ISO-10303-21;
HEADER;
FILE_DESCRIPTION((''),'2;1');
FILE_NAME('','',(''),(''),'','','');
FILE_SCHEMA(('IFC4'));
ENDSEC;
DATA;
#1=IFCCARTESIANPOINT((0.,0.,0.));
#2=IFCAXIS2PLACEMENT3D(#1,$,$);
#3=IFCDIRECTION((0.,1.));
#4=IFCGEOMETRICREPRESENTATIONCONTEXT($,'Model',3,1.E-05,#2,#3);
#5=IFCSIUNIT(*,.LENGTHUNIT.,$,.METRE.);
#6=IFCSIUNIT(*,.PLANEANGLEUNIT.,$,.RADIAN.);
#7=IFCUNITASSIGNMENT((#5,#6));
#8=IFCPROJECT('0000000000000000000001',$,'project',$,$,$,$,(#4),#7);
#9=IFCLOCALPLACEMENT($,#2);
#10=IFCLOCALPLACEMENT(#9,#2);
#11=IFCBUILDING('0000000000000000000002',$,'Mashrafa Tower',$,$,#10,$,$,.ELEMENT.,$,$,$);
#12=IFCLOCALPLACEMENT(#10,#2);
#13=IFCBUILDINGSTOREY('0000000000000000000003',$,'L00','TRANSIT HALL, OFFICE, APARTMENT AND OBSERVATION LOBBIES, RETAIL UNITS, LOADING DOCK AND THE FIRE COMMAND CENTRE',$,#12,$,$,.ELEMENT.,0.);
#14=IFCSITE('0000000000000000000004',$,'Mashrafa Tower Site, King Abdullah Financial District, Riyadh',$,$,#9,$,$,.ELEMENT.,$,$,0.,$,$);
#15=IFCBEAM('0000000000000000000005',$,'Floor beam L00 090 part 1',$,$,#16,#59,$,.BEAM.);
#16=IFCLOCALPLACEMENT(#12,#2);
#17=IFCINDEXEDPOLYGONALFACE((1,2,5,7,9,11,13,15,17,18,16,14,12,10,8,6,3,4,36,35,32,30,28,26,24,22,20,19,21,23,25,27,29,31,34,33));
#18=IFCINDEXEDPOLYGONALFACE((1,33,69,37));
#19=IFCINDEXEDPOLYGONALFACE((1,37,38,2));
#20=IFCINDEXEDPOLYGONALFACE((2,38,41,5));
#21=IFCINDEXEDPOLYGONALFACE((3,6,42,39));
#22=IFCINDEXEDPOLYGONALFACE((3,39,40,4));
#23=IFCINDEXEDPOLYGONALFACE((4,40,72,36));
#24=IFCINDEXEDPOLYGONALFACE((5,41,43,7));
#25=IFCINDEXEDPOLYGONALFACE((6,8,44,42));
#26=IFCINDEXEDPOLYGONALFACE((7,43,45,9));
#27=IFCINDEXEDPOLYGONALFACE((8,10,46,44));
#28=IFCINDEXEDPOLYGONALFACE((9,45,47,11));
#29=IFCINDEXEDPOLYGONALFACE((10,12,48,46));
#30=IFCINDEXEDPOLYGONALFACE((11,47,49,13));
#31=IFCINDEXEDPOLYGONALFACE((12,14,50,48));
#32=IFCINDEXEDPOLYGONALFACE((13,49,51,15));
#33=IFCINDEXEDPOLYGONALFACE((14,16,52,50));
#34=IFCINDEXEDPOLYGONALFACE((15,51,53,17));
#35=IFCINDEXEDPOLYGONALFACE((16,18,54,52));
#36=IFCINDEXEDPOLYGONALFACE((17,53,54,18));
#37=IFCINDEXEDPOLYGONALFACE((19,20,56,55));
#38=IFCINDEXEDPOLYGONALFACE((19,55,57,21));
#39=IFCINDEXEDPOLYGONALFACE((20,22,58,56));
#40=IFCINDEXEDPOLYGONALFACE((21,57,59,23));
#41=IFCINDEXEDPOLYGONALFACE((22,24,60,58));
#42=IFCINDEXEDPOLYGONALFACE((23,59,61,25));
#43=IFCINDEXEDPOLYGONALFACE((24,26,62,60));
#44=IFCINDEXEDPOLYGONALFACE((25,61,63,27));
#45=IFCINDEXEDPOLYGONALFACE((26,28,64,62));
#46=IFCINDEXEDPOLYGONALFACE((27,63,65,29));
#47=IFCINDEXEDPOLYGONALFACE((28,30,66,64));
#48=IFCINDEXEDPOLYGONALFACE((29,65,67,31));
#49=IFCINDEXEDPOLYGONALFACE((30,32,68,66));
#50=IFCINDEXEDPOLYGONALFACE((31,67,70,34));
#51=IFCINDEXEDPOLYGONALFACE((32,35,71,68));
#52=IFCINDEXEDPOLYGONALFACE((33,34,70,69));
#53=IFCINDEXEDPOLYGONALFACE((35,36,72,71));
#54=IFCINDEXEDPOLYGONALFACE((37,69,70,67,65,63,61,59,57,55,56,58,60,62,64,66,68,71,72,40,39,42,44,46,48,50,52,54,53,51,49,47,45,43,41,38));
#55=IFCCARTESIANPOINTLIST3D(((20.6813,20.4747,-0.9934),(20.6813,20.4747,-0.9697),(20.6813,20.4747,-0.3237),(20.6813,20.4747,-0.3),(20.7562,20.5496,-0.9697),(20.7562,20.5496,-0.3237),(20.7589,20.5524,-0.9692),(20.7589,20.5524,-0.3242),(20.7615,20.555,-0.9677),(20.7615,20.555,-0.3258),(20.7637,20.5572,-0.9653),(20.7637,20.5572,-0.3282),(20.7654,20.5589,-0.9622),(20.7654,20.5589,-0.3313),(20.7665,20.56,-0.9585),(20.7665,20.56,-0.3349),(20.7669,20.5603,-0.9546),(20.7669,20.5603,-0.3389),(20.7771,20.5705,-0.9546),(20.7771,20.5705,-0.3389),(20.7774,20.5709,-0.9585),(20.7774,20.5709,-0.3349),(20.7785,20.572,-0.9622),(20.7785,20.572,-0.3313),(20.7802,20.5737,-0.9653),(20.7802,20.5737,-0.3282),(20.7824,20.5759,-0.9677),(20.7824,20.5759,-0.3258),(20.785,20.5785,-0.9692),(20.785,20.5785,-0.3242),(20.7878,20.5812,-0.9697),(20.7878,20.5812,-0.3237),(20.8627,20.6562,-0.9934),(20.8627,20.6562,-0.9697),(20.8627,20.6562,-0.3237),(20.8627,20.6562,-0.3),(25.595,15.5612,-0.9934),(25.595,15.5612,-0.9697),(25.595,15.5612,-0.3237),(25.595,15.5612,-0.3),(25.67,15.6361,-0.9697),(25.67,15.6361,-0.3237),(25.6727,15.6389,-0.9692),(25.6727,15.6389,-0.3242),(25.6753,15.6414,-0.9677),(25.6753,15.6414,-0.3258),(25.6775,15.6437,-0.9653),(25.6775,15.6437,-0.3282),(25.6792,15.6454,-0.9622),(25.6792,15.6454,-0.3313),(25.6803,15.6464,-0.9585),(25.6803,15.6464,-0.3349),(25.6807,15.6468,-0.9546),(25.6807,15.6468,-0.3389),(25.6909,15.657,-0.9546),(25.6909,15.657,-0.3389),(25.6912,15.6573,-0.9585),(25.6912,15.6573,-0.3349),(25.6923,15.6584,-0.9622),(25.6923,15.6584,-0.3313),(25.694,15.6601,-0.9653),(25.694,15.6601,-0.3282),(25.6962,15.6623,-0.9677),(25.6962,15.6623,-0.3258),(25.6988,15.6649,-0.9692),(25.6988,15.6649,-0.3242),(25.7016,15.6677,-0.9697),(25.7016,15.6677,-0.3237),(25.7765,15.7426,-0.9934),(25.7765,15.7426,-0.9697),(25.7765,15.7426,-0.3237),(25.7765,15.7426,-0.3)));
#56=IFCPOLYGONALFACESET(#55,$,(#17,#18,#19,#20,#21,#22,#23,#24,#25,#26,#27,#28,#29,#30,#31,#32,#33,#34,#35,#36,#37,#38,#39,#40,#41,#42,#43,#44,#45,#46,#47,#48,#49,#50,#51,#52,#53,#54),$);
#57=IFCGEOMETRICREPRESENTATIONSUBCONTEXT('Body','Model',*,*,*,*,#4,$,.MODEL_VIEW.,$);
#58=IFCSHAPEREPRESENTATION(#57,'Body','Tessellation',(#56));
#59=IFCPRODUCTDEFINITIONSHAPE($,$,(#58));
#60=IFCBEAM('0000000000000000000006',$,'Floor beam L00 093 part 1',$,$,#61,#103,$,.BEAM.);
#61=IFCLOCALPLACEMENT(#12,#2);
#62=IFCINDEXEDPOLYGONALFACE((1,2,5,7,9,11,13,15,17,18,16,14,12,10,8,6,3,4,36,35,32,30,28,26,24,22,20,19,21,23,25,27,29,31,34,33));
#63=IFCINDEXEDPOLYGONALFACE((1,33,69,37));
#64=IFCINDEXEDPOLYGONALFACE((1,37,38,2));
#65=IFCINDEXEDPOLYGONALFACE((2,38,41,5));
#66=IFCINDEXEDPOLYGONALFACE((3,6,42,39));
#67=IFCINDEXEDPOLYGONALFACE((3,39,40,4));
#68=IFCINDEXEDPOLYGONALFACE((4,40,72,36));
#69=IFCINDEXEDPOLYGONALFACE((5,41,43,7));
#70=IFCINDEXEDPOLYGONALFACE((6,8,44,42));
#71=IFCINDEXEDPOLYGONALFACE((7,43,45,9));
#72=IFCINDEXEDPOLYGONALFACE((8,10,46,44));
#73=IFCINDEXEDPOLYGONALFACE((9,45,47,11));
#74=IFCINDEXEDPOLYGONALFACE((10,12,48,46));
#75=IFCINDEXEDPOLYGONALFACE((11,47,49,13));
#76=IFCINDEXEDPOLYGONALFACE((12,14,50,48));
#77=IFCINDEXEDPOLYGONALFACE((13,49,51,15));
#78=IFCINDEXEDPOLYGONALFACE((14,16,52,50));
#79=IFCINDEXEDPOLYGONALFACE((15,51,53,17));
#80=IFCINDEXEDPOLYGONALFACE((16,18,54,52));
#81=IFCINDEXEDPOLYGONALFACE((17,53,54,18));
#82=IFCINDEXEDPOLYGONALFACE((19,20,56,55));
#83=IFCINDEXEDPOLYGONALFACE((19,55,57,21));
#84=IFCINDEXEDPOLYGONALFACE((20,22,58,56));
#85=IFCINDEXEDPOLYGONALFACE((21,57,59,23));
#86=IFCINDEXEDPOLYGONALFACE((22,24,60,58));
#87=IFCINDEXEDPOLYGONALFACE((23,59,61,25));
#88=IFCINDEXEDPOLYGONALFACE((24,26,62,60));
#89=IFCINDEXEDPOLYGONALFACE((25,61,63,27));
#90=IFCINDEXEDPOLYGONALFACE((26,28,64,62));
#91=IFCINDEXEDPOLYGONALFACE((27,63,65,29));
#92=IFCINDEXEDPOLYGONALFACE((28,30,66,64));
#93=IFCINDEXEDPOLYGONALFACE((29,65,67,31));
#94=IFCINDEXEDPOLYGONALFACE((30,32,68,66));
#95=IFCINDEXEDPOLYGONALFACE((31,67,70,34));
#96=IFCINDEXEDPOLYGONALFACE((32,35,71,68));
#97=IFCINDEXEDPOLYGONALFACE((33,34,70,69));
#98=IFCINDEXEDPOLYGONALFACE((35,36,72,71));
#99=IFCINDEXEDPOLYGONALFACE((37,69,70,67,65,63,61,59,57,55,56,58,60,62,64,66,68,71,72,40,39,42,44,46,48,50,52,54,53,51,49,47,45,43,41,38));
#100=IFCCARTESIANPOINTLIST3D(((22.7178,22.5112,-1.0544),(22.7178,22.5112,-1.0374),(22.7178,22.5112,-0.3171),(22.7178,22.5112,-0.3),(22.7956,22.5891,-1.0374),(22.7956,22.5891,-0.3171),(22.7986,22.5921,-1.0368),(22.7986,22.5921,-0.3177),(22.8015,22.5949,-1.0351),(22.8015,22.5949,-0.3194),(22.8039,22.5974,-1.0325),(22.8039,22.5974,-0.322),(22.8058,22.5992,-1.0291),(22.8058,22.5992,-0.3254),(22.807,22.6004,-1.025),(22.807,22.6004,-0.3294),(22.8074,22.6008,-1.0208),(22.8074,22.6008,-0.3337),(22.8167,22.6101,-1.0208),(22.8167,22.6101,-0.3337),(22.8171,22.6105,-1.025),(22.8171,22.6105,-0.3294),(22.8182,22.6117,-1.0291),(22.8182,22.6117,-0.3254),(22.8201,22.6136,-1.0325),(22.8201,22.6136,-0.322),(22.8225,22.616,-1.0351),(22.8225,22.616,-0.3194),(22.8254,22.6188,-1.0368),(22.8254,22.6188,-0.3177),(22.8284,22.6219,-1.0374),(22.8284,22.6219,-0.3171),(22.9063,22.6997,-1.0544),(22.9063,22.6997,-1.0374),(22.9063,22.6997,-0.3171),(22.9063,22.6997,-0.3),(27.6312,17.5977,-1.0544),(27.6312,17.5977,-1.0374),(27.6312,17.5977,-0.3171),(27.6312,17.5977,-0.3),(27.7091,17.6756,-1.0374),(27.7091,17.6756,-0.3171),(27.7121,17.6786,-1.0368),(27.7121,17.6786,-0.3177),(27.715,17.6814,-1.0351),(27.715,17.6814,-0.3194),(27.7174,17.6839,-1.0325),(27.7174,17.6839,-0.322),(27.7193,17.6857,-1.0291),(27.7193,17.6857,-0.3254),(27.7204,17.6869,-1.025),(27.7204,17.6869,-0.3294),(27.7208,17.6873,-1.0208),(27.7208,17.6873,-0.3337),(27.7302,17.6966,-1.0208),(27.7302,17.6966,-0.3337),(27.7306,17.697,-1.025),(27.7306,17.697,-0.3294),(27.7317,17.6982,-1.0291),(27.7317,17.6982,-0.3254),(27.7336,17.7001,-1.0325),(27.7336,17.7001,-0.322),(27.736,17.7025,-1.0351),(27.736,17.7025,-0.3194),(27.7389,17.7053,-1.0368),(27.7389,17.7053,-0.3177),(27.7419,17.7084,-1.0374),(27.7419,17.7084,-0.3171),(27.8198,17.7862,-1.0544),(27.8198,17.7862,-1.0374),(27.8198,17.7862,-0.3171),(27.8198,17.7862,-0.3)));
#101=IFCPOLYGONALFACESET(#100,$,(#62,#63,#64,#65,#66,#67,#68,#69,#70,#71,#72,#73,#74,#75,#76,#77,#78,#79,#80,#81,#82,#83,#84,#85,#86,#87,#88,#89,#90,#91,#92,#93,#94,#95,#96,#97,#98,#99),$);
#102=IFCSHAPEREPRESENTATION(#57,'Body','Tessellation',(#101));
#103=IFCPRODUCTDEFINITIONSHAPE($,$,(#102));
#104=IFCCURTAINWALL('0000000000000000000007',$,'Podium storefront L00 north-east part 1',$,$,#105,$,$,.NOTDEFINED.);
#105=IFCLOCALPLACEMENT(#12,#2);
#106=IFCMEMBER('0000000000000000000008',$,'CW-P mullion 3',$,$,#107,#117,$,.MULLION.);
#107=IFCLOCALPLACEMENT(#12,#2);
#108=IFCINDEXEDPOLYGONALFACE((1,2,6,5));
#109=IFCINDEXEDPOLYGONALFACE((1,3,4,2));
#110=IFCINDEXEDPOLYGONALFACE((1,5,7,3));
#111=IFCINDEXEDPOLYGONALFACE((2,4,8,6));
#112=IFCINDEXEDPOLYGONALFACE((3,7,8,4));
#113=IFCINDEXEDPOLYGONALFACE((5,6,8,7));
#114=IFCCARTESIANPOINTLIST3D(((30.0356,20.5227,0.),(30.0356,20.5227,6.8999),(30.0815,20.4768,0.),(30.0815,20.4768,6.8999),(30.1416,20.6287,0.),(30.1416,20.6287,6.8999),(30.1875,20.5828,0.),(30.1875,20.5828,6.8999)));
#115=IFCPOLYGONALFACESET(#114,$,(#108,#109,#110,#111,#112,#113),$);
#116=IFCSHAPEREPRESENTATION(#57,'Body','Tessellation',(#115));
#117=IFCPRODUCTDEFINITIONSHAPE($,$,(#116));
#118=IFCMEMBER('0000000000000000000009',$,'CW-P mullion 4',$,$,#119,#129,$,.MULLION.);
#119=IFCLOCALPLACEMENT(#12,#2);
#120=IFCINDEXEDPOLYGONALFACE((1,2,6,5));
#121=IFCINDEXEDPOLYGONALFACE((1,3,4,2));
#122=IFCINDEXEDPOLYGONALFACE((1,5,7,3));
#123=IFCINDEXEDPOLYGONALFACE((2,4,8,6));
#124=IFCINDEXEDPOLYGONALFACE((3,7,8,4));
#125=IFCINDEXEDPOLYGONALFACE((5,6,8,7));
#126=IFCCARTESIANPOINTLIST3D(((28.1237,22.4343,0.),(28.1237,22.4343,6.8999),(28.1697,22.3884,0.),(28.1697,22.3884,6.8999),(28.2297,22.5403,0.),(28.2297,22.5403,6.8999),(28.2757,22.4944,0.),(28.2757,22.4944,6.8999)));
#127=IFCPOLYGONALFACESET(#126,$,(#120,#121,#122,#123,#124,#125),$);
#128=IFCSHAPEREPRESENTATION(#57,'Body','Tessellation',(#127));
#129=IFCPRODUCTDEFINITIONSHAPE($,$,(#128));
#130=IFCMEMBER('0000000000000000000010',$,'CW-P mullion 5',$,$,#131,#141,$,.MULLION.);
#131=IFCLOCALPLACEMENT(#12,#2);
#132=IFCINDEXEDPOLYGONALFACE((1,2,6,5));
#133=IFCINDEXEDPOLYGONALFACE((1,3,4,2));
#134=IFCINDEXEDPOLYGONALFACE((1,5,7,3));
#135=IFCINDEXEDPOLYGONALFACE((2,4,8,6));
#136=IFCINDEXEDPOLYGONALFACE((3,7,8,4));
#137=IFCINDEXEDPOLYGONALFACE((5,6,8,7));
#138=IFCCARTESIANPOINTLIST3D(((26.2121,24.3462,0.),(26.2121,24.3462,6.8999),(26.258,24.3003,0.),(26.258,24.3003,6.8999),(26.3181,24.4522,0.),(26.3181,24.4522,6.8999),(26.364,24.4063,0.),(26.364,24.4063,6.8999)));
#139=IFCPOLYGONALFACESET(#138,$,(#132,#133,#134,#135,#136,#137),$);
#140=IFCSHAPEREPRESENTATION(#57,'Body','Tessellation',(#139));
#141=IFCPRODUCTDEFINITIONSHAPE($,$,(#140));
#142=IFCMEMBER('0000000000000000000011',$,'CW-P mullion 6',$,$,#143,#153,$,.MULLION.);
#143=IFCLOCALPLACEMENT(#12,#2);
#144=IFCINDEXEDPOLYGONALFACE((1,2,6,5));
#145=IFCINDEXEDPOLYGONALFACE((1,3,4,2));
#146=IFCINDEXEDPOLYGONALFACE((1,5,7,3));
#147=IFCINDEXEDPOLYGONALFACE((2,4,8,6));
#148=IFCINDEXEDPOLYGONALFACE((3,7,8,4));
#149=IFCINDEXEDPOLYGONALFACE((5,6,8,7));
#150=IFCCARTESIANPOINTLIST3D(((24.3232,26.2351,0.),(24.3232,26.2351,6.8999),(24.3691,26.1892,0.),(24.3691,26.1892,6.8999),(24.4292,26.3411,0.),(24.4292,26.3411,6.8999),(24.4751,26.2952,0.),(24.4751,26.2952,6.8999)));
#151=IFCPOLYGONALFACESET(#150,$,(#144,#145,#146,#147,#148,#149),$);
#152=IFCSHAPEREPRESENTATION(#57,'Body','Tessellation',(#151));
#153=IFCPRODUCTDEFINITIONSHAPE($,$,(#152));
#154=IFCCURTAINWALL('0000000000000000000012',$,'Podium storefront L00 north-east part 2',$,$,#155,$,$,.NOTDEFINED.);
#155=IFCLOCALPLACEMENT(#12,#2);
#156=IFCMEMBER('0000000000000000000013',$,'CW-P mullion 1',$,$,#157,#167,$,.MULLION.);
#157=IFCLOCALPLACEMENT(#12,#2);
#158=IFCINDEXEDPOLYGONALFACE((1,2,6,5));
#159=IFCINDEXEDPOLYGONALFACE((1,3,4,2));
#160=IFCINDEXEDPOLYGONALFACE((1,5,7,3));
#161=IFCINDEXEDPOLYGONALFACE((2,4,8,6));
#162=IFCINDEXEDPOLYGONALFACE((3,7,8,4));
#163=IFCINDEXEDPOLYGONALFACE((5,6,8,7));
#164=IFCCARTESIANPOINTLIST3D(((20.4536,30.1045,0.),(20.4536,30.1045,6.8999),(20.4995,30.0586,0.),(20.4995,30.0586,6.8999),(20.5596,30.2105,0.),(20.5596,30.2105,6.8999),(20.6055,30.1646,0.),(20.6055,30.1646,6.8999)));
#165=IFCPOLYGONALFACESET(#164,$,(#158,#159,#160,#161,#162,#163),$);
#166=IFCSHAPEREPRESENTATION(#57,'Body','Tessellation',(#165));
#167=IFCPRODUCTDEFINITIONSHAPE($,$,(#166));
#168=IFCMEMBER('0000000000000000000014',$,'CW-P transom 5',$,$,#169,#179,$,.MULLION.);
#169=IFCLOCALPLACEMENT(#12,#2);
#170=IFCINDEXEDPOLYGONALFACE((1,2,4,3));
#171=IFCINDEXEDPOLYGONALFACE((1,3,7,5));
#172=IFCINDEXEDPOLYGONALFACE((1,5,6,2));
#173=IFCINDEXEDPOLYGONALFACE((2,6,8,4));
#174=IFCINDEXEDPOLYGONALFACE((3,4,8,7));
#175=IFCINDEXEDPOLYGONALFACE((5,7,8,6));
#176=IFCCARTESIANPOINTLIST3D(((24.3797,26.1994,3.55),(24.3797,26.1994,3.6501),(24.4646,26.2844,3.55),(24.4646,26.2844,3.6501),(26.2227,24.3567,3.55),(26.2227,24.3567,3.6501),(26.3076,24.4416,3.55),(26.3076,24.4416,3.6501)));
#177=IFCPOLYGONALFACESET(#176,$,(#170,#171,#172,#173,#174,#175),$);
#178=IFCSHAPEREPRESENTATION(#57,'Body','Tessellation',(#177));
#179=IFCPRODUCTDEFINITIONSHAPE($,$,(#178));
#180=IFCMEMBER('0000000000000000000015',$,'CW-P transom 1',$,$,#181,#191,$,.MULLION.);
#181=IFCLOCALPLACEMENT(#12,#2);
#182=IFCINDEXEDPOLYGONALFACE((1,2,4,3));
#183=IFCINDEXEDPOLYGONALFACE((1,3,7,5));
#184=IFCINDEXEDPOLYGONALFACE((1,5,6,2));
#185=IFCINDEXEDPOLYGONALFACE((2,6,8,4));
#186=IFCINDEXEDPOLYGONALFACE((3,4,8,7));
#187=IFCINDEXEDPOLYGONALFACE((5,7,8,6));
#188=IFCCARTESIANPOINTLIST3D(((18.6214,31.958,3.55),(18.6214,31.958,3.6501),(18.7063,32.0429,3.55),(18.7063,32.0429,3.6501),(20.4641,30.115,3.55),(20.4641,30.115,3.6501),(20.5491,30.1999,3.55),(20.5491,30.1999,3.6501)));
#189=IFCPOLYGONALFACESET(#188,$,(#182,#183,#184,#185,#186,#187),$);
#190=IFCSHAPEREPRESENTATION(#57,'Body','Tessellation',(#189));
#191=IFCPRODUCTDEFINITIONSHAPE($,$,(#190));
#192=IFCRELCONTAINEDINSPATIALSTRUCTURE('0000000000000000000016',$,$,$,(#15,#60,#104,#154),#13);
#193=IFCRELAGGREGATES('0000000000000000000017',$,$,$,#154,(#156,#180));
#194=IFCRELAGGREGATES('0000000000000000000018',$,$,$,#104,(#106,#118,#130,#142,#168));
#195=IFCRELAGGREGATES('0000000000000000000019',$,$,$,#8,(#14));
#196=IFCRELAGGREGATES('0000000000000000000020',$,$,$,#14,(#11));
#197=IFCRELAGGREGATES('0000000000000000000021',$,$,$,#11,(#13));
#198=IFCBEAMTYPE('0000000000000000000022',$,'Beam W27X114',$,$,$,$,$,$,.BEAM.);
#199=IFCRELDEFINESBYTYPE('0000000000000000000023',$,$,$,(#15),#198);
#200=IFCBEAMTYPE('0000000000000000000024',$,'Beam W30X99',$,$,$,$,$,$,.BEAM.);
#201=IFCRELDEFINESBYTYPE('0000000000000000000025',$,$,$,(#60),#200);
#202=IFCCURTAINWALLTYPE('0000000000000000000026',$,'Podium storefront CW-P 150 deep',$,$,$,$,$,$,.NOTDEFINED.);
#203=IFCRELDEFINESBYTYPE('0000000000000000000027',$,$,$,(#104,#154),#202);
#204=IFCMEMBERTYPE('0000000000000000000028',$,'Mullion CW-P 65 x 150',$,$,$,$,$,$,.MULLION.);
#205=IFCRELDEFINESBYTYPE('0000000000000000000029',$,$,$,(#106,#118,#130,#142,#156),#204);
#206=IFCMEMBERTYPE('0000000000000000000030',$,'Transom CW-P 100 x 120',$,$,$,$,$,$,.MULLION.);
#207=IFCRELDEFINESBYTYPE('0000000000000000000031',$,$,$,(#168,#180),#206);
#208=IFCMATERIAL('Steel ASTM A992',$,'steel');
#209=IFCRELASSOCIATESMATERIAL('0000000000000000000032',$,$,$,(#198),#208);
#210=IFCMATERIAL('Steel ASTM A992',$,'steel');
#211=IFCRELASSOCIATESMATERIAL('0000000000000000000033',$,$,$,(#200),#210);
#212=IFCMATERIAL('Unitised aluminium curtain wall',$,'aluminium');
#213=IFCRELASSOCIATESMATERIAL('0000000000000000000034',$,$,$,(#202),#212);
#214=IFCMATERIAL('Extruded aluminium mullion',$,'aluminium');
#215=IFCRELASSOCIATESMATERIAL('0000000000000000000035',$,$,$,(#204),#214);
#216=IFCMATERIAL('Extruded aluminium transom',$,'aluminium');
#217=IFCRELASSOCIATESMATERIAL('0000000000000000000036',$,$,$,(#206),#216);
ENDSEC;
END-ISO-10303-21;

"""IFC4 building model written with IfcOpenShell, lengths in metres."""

from ifc_helpers import new_model, si_unit, direction, frame, origin, origin_2d, place, context, subcontext, project, spatial, rectangle, i_section, extrude, source, transform, mapped, material, material_profile, profile_set, type_object, type_shapes, element, aggregate, save


model = new_model("IFC4")

# Units and contexts
model_context = context("Model", 3, precision=1e-05, world=origin(), true_north=direction((0.0, 1.0)))
body_context = subcontext(model_context, "Body", "Model", "MODEL_VIEW")
ifc_project = project(units=[si_unit("LENGTHUNIT", "METRE"), si_unit("PLANEANGLEUNIT", "RADIAN")], contexts=[model_context])

# Site, building, storey
site_placement = place(None, origin())
site = spatial("IfcSite", under=ifc_project, at=site_placement, Name="Mashrafa Tower Site, King Abdullah Financial District, Riyadh", CompositionType="ELEMENT", RefElevation=0.0)
building_placement = place(site_placement, origin())
building = spatial("IfcBuilding", under=site, at=building_placement, Name="Mashrafa Tower", CompositionType="ELEMENT")
storey_placement = place(building_placement, origin())
storey = spatial("IfcBuildingStorey", under=building, at=storey_placement, Name="L00", Description="TRANSIT HALL, OFFICE, APARTMENT AND OBSERVATION LOBBIES, RETAIL UNITS, LOADING DOCK AND THE FIRE COMMAND CENTRE", CompositionType="ELEMENT", Elevation=0.0)

# Beams
ifc_material_1 = material(Name="Steel ASTM A992", Category="steel")
ifc_material_profile_1 = material_profile(ifc_material_1, i_section(OverallWidth=0.2566, OverallDepth=0.6934, WebThickness=0.0144, FlangeThickness=0.0237, FilletRadius=0.0151, at=origin_2d()), Name="W27X114")
ifc_profile_set_1 = profile_set([ifc_material_profile_1], Name="Steel ASTM A992")
beam_type_1 = type_object("IfcBeamType", Name="Beam W27X114", PredefinedType="BEAM", material=ifc_profile_set_1)
beam_1_placement = place(storey_placement, frame((20.772, 20.5654, -0.6467), z_axis=(0.707124, -0.707089, 0.0), x_axis=(0.707089, 0.707124, 0.0)))
element("IfcBeam", 1, at=beam_1_placement, inside=storey, type_object=beam_type_1, Name="Floor beam L00 090 part 1", PredefinedType="BEAM", context=body_context, shape_type="SweptSolid", body=[
    extrude(i_section(OverallWidth=0.2566, OverallDepth=0.6934, WebThickness=0.0144, FlangeThickness=0.0237, FilletRadius=0.0151, at=origin_2d()), origin(), (0.0, 0.0, 1.0), 6.949),
])
ifc_material_2 = material(Name="Steel ASTM A992", Category="steel")
ifc_material_profile_2 = material_profile(ifc_material_2, i_section(OverallWidth=0.2666, OverallDepth=0.7544, WebThickness=0.0132, FlangeThickness=0.0171, FilletRadius=0.0166, at=origin_2d()), Name="W30X99")
ifc_profile_set_2 = profile_set([ifc_material_profile_2], Name="Steel ASTM A992")
beam_type_2 = type_object("IfcBeamType", Name="Beam W30X99", PredefinedType="BEAM", material=ifc_profile_set_2)
beam_2_placement = place(storey_placement, frame((22.812, 22.6055, -0.6772), z_axis=(0.707107, -0.707107, 0.0), x_axis=(0.707107, 0.707107, 0.0)))
element("IfcBeam", 2, at=beam_2_placement, inside=storey, type_object=beam_type_2, Name="Floor beam L00 093 part 1", PredefinedType="BEAM", context=body_context, shape_type="SweptSolid", body=[
    extrude(i_section(OverallWidth=0.2666, OverallDepth=0.7544, WebThickness=0.0132, FlangeThickness=0.0171, FilletRadius=0.0166, at=origin_2d()), origin(), (0.0, 0.0, 1.0), 6.9487),
])

# Curtain wall, members
ifc_material_3 = material(Name="Unitised aluminium curtain wall", Category="aluminium")
curtain_wall_type = type_object("IfcCurtainWallType", Name="Podium storefront CW-P 150 deep", PredefinedType="NOTDEFINED", material=ifc_material_3)
curtain_wall_1_placement = place(storey_placement, origin())
curtain_wall_1 = element("IfcCurtainWall", 3, at=curtain_wall_1_placement, inside=storey, type_object=curtain_wall_type, Name="Podium storefront L00 north-east part 1", PredefinedType="NOTDEFINED")
ifc_material_4 = material(Name="Extruded aluminium mullion", Category="aluminium")
ifc_material_profile_3 = material_profile(ifc_material_4, rectangle(XDim=0.1499, YDim=0.0649, at=origin_2d()), Name="Mullion 65x150")
ifc_profile_set_3 = profile_set([ifc_material_profile_3], Name="Extruded aluminium mullion")
member_type_1 = type_object("IfcMemberType", Name="Mullion CW-P 65 x 150", PredefinedType="MULLION", material=ifc_profile_set_3)
shared_shape_1 = source(origin(), body_context, "Body", "SweptSolid", [
    extrude(rectangle(XDim=0.1499, YDim=0.0649, at=origin_2d()), origin(), (0.0, 0.0, 1.0), 6.8999),
])
type_shapes(member_type_1, [shared_shape_1])
member_1_placement = place(storey_placement, frame((30.1116, 20.5527, 0.0), z_axis=(0.0, 0.0, 1.0), x_axis=(-0.707107, -0.707107, 0.0)))
member_1 = element("IfcMember", 4, at=member_1_placement, type_object=member_type_1, Name="CW-P mullion 3", PredefinedType="MULLION", context=body_context, shape_type="MappedRepresentation", body=[
    mapped(shared_shape_1, transform((0.0, 0.0, 0.0))),
])
member_2_placement = place(storey_placement, frame((28.1997, 22.4644, 0.0), z_axis=(0.0, 0.0, 1.0), x_axis=(-0.707107, -0.707107, 0.0)))
member_2 = element("IfcMember", 5, at=member_2_placement, type_object=member_type_1, Name="CW-P mullion 4", PredefinedType="MULLION", context=body_context, shape_type="MappedRepresentation", body=[
    mapped(shared_shape_1, transform((0.0, 0.0, 0.0))),
])
member_3_placement = place(storey_placement, frame((26.2881, 24.3762, 0.0), z_axis=(0.0, 0.0, 1.0), x_axis=(-0.707107, -0.707107, 0.0)))
member_3 = element("IfcMember", 6, at=member_3_placement, type_object=member_type_1, Name="CW-P mullion 5", PredefinedType="MULLION", context=body_context, shape_type="MappedRepresentation", body=[
    mapped(shared_shape_1, transform((0.0, 0.0, 0.0))),
])
member_4_placement = place(storey_placement, frame((24.3992, 26.2651, 0.0), z_axis=(0.0, 0.0, 1.0), x_axis=(-0.707107, -0.707107, 0.0)))
member_4 = element("IfcMember", 7, at=member_4_placement, type_object=member_type_1, Name="CW-P mullion 6", PredefinedType="MULLION", context=body_context, shape_type="MappedRepresentation", body=[
    mapped(shared_shape_1, transform((0.0, 0.0, 0.0))),
])

# Curtain wall, member
curtain_wall_2_placement = place(storey_placement, origin())
curtain_wall_2 = element("IfcCurtainWall", 8, at=curtain_wall_2_placement, inside=storey, type_object=curtain_wall_type, Name="Podium storefront L00 north-east part 2", PredefinedType="NOTDEFINED")
member_5_placement = place(storey_placement, frame((20.5295, 30.1345, 0.0), z_axis=(0.0, 0.0, 1.0), x_axis=(-0.707107, -0.707107, 0.0)))
member_5 = element("IfcMember", 9, at=member_5_placement, type_object=member_type_1, Name="CW-P mullion 1", PredefinedType="MULLION", context=body_context, shape_type="MappedRepresentation", body=[
    mapped(shared_shape_1, transform((0.0, 0.0, 0.0))),
])

# Members
ifc_material_5 = material(Name="Extruded aluminium transom", Category="aluminium")
ifc_material_profile_4 = material_profile(ifc_material_5, rectangle(XDim=0.1201, YDim=0.1001, at=origin_2d()), Name="Transom 100x120")
ifc_profile_set_4 = profile_set([ifc_material_profile_4], Name="Extruded aluminium transom")
member_type_2 = type_object("IfcMemberType", Name="Transom CW-P 100 x 120", PredefinedType="MULLION", material=ifc_profile_set_4)
shared_shape_2 = source(origin(), body_context, "Body", "SweptSolid", [
    extrude(rectangle(XDim=0.1201, YDim=0.1001, at=origin_2d()), origin(), (0.0, 0.0, 1.0), 2.6062),
])
member_6_placement = place(storey_placement, frame((26.2651, 24.3992, 3.6001), z_axis=(-0.707154, 0.70706, 0.0), x_axis=(-0.70706, -0.707154, 0.0)))
member_6 = element("IfcMember", 10, at=member_6_placement, type_object=member_type_2, Name="CW-P transom 5", PredefinedType="MULLION", context=body_context, shape_type="MappedRepresentation", body=[
    mapped(shared_shape_2, transform((0.0, 0.0, 0.0))),
])
member_7_placement = place(storey_placement, frame((20.5066, 30.1575, 3.6001), z_axis=(-0.70706, 0.707154, 0.0), x_axis=(-0.707154, -0.70706, 0.0)))
member_7 = element("IfcMember", 11, at=member_7_placement, type_object=member_type_2, Name="CW-P transom 1", PredefinedType="MULLION", context=body_context, shape_type="MappedRepresentation", body=[
    mapped(shared_shape_2, transform((0.0, 0.0, 0.0))),
])

aggregate(curtain_wall_2, [member_5, member_7])
aggregate(curtain_wall_1, [member_1, member_2, member_3, member_4, member_6])

save(model, "model.ifc")
